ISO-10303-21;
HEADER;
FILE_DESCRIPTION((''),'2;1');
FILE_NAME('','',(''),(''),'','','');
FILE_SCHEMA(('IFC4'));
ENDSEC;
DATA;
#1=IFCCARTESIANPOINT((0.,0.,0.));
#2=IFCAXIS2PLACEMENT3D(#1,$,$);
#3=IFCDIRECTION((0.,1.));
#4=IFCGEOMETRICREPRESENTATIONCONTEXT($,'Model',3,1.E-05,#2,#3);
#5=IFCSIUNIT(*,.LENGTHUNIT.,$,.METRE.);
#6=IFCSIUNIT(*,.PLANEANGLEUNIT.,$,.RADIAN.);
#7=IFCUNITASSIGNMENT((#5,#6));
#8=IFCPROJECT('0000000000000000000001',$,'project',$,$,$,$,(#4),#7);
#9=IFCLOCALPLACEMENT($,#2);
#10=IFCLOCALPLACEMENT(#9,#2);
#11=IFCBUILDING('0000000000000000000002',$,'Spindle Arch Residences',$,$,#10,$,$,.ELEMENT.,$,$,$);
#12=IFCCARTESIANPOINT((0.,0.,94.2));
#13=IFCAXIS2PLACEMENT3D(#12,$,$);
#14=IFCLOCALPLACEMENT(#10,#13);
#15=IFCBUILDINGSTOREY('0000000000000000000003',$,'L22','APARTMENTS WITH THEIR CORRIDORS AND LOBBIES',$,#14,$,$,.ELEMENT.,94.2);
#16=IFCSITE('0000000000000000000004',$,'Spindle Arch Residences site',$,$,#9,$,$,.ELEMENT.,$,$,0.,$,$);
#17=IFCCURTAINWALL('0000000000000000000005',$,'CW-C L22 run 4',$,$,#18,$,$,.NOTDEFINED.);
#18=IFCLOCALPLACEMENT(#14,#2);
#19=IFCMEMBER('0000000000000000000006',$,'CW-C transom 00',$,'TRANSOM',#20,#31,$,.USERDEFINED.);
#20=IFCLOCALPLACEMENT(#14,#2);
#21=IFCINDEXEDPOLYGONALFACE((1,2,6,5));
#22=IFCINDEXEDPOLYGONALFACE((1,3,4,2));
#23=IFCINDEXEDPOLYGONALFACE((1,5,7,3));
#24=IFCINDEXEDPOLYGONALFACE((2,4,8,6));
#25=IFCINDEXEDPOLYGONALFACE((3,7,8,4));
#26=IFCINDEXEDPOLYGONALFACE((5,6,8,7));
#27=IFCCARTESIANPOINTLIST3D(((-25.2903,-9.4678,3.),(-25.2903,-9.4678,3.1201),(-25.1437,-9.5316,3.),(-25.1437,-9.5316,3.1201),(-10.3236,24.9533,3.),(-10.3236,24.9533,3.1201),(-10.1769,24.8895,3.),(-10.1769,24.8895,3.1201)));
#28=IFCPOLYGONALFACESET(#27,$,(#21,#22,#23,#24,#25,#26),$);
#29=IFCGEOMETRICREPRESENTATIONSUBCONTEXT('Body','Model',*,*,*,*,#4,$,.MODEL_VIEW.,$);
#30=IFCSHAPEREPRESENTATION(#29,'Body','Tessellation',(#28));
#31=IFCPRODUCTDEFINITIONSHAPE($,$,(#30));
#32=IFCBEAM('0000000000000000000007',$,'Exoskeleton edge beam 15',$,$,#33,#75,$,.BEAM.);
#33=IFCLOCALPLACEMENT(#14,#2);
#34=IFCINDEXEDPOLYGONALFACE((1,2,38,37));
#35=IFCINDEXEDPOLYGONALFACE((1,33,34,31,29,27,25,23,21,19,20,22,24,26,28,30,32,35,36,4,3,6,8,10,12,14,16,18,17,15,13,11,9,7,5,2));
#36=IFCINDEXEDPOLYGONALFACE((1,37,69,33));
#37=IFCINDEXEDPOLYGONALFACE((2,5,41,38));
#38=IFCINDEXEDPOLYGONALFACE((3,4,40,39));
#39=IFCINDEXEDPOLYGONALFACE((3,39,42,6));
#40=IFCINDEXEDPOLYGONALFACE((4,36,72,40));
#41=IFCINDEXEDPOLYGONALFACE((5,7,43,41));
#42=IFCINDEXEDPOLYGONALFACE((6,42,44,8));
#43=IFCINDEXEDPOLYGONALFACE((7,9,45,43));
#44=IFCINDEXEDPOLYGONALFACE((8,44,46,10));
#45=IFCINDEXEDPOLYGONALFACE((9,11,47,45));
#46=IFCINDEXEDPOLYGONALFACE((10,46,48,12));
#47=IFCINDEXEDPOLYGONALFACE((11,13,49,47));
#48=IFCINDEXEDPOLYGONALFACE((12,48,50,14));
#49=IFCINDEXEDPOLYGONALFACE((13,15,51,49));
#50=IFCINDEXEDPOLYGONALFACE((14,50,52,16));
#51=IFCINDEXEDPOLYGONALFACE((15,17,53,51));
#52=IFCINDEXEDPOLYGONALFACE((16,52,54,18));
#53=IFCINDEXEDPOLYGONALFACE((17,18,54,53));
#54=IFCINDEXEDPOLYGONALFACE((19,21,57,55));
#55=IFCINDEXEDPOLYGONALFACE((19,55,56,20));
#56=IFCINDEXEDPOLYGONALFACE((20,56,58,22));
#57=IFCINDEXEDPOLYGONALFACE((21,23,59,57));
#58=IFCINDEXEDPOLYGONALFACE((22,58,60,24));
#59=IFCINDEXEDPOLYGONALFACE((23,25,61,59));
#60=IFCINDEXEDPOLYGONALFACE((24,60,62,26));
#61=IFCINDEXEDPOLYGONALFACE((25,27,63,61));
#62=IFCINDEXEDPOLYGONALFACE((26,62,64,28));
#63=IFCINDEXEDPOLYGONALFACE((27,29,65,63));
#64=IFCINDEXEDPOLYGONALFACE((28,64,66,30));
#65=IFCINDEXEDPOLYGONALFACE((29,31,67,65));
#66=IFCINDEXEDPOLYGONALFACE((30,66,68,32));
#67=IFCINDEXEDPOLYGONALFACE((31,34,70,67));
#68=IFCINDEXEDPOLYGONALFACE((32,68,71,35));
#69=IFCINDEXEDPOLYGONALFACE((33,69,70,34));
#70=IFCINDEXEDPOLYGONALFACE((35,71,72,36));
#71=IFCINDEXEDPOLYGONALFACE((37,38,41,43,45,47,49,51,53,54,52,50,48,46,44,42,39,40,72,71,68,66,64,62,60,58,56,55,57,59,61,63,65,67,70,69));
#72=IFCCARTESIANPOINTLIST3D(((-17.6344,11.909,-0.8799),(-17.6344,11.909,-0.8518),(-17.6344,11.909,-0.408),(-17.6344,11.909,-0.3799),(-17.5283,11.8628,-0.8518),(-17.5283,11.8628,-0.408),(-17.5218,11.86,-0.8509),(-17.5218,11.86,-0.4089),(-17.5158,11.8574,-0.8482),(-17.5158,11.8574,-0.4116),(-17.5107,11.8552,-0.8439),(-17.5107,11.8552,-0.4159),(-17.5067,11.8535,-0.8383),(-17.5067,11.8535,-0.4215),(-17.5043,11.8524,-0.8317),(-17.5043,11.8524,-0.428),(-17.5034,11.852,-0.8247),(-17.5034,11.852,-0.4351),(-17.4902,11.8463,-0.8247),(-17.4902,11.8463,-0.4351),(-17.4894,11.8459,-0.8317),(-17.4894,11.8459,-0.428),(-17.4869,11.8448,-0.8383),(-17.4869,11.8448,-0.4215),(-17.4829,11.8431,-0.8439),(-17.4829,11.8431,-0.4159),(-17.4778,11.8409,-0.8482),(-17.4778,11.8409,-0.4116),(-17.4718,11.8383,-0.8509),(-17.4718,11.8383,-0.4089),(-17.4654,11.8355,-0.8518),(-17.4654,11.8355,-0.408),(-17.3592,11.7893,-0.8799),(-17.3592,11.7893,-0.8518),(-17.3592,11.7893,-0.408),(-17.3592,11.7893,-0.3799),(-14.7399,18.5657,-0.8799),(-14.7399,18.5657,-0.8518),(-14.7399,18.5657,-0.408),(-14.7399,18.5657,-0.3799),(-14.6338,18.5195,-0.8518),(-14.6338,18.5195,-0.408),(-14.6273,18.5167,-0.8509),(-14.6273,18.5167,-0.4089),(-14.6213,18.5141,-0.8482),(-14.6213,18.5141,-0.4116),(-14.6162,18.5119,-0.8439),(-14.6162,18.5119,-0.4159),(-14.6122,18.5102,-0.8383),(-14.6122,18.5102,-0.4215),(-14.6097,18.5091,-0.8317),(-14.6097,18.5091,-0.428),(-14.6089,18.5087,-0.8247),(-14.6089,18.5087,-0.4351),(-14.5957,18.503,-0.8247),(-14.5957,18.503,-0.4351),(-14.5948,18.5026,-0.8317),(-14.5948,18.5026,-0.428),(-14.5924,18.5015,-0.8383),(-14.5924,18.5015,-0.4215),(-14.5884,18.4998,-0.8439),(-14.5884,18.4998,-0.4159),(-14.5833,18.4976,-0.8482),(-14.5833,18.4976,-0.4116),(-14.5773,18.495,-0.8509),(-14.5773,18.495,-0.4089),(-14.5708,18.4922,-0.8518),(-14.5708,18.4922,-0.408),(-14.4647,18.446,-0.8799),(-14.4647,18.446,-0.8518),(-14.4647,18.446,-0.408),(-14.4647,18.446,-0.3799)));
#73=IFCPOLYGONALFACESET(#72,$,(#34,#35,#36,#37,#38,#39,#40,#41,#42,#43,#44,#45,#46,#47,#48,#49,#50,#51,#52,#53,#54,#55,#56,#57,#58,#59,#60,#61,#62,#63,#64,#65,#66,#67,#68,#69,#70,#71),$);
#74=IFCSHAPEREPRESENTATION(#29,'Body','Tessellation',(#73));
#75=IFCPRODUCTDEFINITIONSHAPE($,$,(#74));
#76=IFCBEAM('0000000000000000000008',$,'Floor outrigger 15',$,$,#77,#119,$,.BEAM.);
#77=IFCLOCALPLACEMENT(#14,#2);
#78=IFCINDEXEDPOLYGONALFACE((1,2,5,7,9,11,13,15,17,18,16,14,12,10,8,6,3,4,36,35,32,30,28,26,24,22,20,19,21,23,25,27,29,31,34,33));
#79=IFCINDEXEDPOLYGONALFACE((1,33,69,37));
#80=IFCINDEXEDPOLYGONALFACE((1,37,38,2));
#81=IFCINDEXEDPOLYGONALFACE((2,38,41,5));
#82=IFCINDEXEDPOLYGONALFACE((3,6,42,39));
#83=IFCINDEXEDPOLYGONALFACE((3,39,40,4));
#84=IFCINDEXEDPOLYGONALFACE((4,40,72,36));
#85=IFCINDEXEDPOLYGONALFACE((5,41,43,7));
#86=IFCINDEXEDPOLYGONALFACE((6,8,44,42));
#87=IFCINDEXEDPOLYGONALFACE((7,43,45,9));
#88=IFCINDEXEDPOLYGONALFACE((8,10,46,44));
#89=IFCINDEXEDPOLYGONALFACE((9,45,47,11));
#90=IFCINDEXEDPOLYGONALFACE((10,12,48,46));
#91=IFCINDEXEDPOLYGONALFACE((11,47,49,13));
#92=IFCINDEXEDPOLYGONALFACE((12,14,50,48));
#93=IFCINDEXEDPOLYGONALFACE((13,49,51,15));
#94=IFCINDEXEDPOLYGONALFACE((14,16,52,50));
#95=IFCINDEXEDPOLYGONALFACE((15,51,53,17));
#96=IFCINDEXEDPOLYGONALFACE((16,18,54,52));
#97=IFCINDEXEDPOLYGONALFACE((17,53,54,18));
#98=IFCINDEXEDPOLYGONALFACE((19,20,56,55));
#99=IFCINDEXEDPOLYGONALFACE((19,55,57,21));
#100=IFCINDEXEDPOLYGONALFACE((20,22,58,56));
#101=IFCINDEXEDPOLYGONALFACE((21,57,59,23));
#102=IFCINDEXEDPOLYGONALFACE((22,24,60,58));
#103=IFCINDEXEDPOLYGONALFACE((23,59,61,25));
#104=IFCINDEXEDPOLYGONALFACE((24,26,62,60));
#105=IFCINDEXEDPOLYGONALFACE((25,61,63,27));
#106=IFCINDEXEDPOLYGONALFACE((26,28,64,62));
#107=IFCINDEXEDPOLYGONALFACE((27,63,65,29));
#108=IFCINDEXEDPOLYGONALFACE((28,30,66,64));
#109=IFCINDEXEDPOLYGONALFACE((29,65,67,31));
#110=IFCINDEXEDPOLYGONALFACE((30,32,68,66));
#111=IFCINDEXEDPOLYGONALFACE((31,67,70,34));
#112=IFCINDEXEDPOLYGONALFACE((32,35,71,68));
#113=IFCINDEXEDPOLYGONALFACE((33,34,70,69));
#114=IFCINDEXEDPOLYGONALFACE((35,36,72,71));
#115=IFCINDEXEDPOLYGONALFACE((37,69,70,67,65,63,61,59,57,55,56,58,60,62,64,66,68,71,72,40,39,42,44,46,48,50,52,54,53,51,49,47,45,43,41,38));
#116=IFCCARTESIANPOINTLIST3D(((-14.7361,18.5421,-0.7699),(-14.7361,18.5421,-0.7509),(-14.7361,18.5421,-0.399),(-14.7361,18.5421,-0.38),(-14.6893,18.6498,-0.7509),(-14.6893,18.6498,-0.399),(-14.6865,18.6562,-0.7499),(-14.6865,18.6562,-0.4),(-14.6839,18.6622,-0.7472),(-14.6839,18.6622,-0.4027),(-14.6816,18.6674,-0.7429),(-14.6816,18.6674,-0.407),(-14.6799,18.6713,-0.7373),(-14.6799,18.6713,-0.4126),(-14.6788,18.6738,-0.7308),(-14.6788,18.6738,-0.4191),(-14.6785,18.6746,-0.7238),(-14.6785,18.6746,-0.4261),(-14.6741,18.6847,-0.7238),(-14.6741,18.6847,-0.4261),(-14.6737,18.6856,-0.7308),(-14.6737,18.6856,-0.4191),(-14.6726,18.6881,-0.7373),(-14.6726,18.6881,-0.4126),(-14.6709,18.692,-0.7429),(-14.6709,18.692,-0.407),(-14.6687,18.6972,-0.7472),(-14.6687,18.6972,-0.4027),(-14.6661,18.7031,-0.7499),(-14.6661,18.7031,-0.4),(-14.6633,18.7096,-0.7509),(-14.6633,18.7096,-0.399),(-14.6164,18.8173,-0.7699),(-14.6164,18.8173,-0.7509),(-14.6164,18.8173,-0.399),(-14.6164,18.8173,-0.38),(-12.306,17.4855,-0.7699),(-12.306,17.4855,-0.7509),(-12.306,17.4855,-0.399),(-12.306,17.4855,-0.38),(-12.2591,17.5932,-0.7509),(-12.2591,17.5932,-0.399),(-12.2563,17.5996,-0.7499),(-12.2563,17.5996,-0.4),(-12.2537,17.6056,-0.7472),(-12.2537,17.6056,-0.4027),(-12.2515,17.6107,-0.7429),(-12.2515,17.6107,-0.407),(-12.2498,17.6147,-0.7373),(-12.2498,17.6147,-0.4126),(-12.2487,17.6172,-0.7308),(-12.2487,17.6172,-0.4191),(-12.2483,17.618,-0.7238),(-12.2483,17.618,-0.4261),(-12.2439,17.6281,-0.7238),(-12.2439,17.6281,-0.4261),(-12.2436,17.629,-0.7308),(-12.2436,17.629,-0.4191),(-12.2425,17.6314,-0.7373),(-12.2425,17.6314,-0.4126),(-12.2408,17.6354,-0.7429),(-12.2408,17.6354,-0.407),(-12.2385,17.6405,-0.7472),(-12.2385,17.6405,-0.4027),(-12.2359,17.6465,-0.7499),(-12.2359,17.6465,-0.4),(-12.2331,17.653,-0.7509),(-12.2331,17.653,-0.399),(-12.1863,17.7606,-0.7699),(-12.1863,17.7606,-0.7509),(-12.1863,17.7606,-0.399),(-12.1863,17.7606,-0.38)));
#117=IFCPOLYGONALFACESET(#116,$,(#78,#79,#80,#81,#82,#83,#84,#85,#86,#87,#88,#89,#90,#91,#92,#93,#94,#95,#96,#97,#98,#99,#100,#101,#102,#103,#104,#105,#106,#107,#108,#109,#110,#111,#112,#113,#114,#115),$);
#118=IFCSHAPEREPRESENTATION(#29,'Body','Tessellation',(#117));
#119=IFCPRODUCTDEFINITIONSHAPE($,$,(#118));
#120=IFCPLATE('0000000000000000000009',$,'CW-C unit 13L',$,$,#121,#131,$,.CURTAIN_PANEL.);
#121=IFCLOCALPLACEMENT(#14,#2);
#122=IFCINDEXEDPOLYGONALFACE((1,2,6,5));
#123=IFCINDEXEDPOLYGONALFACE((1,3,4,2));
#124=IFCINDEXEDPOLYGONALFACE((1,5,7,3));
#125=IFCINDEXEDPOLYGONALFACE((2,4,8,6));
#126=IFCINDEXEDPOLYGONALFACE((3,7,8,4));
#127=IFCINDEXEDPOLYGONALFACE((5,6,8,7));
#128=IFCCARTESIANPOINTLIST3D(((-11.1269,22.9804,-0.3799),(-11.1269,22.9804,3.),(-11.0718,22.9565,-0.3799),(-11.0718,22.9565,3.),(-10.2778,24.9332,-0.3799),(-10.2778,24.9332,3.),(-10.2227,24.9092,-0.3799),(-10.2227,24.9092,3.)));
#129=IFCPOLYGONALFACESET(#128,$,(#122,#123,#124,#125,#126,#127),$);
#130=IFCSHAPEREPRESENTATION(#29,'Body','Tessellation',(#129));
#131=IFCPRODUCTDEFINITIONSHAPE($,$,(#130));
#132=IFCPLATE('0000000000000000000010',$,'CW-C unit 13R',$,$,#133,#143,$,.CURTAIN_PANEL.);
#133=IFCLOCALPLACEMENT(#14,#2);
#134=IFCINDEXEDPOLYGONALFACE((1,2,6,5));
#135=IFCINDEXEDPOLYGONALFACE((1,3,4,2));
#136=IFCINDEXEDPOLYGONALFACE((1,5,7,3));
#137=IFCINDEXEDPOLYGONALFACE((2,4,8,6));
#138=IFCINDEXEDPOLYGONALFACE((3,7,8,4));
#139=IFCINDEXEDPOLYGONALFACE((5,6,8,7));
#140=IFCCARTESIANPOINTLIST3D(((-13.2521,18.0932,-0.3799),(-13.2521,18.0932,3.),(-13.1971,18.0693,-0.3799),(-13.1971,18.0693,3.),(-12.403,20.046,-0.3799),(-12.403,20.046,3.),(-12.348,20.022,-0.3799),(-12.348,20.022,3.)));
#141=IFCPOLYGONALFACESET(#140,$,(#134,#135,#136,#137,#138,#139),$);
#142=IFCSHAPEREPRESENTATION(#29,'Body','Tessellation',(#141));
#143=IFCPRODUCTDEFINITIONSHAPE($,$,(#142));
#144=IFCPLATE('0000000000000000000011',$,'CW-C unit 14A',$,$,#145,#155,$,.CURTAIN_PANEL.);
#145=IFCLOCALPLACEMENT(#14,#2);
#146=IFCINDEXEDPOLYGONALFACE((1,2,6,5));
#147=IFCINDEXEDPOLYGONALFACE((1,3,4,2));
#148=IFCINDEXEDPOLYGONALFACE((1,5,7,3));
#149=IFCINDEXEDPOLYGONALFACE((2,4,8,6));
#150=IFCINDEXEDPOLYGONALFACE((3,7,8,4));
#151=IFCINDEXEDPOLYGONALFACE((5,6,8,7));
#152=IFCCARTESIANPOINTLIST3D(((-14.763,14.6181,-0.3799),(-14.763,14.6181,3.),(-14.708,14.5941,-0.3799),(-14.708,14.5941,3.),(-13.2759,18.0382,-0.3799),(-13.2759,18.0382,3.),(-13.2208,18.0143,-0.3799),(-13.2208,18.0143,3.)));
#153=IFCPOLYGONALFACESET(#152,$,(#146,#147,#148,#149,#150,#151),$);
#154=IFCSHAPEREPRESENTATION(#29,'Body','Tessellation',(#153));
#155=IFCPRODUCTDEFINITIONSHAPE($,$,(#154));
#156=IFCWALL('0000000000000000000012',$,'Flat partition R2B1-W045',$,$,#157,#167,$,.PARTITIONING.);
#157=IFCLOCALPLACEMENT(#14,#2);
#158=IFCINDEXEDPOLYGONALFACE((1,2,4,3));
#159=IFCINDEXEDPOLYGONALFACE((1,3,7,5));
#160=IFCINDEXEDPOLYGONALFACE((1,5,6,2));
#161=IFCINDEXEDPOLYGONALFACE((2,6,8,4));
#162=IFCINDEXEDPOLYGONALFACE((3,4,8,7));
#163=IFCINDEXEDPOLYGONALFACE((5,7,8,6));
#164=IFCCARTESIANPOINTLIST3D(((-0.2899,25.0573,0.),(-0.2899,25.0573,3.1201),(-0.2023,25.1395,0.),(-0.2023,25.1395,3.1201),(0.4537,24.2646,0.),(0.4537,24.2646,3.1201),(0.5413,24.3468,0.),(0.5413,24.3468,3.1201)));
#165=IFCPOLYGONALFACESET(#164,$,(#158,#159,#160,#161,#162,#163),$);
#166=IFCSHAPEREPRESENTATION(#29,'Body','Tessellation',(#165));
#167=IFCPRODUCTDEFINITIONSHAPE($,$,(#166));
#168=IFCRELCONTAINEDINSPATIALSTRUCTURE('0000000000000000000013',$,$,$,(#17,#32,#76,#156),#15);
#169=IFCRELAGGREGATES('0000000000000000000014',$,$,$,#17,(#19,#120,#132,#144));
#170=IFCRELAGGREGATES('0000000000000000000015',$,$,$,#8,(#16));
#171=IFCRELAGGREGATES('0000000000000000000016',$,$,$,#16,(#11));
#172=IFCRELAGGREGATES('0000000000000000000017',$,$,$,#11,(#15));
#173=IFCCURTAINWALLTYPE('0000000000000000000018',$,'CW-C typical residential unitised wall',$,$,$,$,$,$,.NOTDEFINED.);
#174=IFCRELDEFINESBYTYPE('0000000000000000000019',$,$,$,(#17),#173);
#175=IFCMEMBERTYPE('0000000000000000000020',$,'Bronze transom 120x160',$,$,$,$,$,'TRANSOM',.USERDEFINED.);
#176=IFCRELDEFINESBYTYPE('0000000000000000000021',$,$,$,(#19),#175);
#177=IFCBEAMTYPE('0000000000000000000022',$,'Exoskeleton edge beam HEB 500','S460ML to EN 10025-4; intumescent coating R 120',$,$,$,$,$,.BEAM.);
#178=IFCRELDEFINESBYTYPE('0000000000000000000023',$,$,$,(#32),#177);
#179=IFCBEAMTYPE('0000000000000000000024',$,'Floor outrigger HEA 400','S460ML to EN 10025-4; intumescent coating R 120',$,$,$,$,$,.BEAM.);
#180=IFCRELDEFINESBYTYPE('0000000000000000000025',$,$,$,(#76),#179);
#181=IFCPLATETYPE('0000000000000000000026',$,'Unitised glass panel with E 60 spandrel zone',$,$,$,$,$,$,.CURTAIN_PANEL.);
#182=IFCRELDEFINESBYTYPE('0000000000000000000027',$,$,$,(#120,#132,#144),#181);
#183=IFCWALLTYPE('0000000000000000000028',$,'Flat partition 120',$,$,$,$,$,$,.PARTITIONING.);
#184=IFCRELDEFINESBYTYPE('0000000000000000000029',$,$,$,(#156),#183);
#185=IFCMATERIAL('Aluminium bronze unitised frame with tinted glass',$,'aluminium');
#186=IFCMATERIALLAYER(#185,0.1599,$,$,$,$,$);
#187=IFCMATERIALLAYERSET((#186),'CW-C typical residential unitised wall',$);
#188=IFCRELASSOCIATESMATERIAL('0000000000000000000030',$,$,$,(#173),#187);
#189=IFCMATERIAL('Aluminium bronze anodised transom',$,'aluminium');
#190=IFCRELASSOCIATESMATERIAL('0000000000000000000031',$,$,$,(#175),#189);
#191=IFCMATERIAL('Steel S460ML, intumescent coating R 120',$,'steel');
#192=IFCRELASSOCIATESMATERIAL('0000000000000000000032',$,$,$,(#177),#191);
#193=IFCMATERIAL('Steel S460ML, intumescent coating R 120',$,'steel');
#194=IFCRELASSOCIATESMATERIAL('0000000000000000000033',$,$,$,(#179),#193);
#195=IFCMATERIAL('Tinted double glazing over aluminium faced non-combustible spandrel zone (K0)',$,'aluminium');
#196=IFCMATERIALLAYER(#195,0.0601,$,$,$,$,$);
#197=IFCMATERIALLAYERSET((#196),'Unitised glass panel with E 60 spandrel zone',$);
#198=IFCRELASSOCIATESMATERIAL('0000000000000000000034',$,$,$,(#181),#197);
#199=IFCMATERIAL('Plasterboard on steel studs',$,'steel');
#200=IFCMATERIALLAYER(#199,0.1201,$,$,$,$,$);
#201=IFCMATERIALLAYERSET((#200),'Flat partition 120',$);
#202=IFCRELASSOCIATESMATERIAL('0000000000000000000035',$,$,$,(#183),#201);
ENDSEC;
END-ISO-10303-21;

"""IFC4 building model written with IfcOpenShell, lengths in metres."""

from ifc_helpers import new_model, si_unit, direction, frame, frame_2d, origin, origin_2d, place, context, subcontext, project, spatial, rectangle, i_section, extrude, material, layer, layer_set, material_profile, profile_set, type_object, element, aggregate, save


model = new_model("IFC4")

# Units and contexts
model_context = context("Model", 3, precision=1e-05, world=origin(), true_north=direction((0.0, 1.0)))
body_context = subcontext(model_context, "Body", "Model", "MODEL_VIEW")
ifc_project = project(units=[si_unit("LENGTHUNIT", "METRE"), si_unit("PLANEANGLEUNIT", "RADIAN")], contexts=[model_context])

# Site, building, storey
site_placement = place(None, origin())
site = spatial("IfcSite", under=ifc_project, at=site_placement, Name="Spindle Arch Residences site", CompositionType="ELEMENT", RefElevation=0.0)
building_placement = place(site_placement, origin())
building = spatial("IfcBuilding", under=site, at=building_placement, Name="Spindle Arch Residences", CompositionType="ELEMENT")
storey_placement = place(building_placement, frame((0.0, 0.0, 94.2)))
storey = spatial("IfcBuildingStorey", under=building, at=storey_placement, Name="L22", Description="APARTMENTS WITH THEIR CORRIDORS AND LOBBIES", CompositionType="ELEMENT", Elevation=94.2)

# Curtain wall, member
ifc_material_1 = material(Name="Aluminium bronze unitised frame with tinted glass", Category="aluminium")
ifc_layer_1 = layer(ifc_material_1, 0.1599)
ifc_layer_set_1 = layer_set([ifc_layer_1], Name="CW-C typical residential unitised wall")
curtain_wall_type = type_object("IfcCurtainWallType", Name="CW-C typical residential unitised wall", PredefinedType="NOTDEFINED", material=ifc_layer_set_1)
curtain_wall_placement = place(storey_placement, origin())
curtain_wall = element("IfcCurtainWall", 1, at=curtain_wall_placement, inside=storey, type_object=curtain_wall_type, Name="CW-C L22 run 4", PredefinedType="NOTDEFINED")
ifc_material_2 = material(Name="Aluminium bronze anodised transom", Category="aluminium")
ifc_material_profile_1 = material_profile(ifc_material_2, rectangle(XDim=0.1599, YDim=0.1201, at=origin_2d()), Name="TR 120x160")
ifc_profile_set_1 = profile_set([ifc_material_profile_1], Name="Aluminium bronze anodised transom")
member_type_1 = type_object("IfcMemberType", Name="Bronze transom 120x160", ElementType="TRANSOM", PredefinedType="USERDEFINED", material=ifc_profile_set_1)
member_1_placement = place(storey_placement, frame((-10.2502, 24.9214, 3.0601), z_axis=(-0.39875, -0.91706, 0.0), x_axis=(0.91706, -0.39875, 0.0)))
member_1 = element("IfcMember", 2, at=member_1_placement, type_object=member_type_1, Name="CW-C transom 00", ObjectType="TRANSOM", PredefinedType="USERDEFINED", context=body_context, shape_type="SweptSolid", body=[
    extrude(rectangle(XDim=0.1599, YDim=0.1201, at=origin_2d()), origin(), (0.0, 0.0, 1.0), 37.5342),
])

# Beams
ifc_material_3 = material(Name="Steel S460ML, intumescent coating R 120", Category="steel")
ifc_material_profile_2 = material_profile(ifc_material_3, i_section(OverallWidth=0.3, OverallDepth=0.5, WebThickness=0.0144, FlangeThickness=0.0281, FilletRadius=0.0271, at=origin_2d()), Name="HEB 500")
ifc_profile_set_2 = profile_set([ifc_material_profile_2], Name="Steel S460ML, intumescent coating R 120")
beam_type_1 = type_object("IfcBeamType", Name="Exoskeleton edge beam HEB 500", Description="S460ML to EN 10025-4; intumescent coating R 120", PredefinedType="BEAM", material=ifc_profile_set_2)
beam_1_placement = place(storey_placement, frame((-14.6023, 18.5059, -0.6299), z_axis=(-0.398761, -0.917055, 0.0), x_axis=(0.917055, -0.398761, 0.0)))
element("IfcBeam", 3, at=beam_1_placement, inside=storey, type_object=beam_type_1, Name="Exoskeleton edge beam 15", PredefinedType="BEAM", context=body_context, shape_type="SweptSolid", body=[
    extrude(i_section(OverallWidth=0.3, OverallDepth=0.5, WebThickness=0.0144, FlangeThickness=0.0281, FilletRadius=0.0271, at=origin_2d()), origin(), (0.0, 0.0, 1.0), 7.2588),
])
ifc_material_4 = material(Name="Steel S460ML, intumescent coating R 120", Category="steel")
ifc_material_profile_3 = material_profile(ifc_material_4, i_section(OverallWidth=0.3, OverallDepth=0.3899, WebThickness=0.011, FlangeThickness=0.019, FilletRadius=0.0271, at=origin_2d()), Name="HEA 400")
ifc_profile_set_3 = profile_set([ifc_material_profile_3], Name="Steel S460ML, intumescent coating R 120")
beam_type_2 = type_object("IfcBeamType", Name="Floor outrigger HEA 400", Description="S460ML to EN 10025-4; intumescent coating R 120", PredefinedType="BEAM", material=ifc_profile_set_3)
beam_2_placement = place(storey_placement, frame((-14.6763, 18.6797, -0.575), z_axis=(0.917064, -0.39874, 0.0), x_axis=(0.39874, 0.917064, 0.0)))
element("IfcBeam", 4, at=beam_2_placement, inside=storey, type_object=beam_type_2, Name="Floor outrigger 15", PredefinedType="BEAM", context=body_context, shape_type="SweptSolid", body=[
    extrude(i_section(OverallWidth=0.3, OverallDepth=0.3899, WebThickness=0.011, FlangeThickness=0.019, FilletRadius=0.0271, at=origin_2d()), origin(), (0.0, 0.0, 1.0), 2.6499),
])

# Plates
ifc_material_5 = material(Name="Tinted double glazing over aluminium faced non-combustible spandrel zone (K0)", Category="aluminium")
ifc_layer_2 = layer(ifc_material_5, 0.0601)
ifc_layer_set_2 = layer_set([ifc_layer_2], Name="Unitised glass panel with E 60 spandrel zone")
plate_type = type_object("IfcPlateType", Name="Unitised glass panel with E 60 spandrel zone", PredefinedType="CURTAIN_PANEL", material=ifc_layer_set_2)
plate_1_placement = place(storey_placement, frame((-10.6748, 23.9448, -0.3799), z_axis=(0.0, 0.0, 1.0), x_axis=(-0.398749, -0.91706, 0.0)))
plate_1 = element("IfcPlate", 5, at=plate_1_placement, type_object=plate_type, Name="CW-C unit 13L", PredefinedType="CURTAIN_PANEL", context=body_context, shape_type="SweptSolid", body=[
    extrude(rectangle(XDim=2.1294, YDim=0.0601, at=origin_2d()), origin(), (0.0, 0.0, 1.0), 3.3799),
])
plate_2_placement = place(storey_placement, frame((-12.8, 19.0576, -0.3799), z_axis=(0.0, 0.0, 1.0), x_axis=(-0.398749, -0.91706, 0.0)))
plate_2 = element("IfcPlate", 6, at=plate_2_placement, type_object=plate_type, Name="CW-C unit 13R", PredefinedType="CURTAIN_PANEL", context=body_context, shape_type="SweptSolid", body=[
    extrude(rectangle(XDim=2.1294, YDim=0.0601, at=origin_2d()), origin(), (0.0, 0.0, 1.0), 3.3799),
])
plate_3_placement = place(storey_placement, frame((-13.9919, 16.3162, -0.3799), z_axis=(0.0, 0.0, 1.0), x_axis=(-0.398749, -0.91706, 0.0)))
plate_3 = element("IfcPlate", 7, at=plate_3_placement, type_object=plate_type, Name="CW-C unit 14A", PredefinedType="CURTAIN_PANEL", context=body_context, shape_type="SweptSolid", body=[
    extrude(rectangle(XDim=3.7295, YDim=0.0601, at=origin_2d()), origin(), (0.0, 0.0, 1.0), 3.3799),
])
aggregate(curtain_wall, [member_1, plate_1, plate_2, plate_3])

# Wall
ifc_material_6 = material(Name="Plasterboard on steel studs", Category="steel")
ifc_layer_3 = layer(ifc_material_6, 0.1201)
ifc_layer_set_3 = layer_set([ifc_layer_3], Name="Flat partition 120")
wall_type_1 = type_object("IfcWallType", Name="Flat partition 120", PredefinedType="PARTITIONING", material=ifc_layer_set_3)
wall_1_placement = place(storey_placement, frame((-0.2461, 25.0984, 0.0), z_axis=(0.0, 0.0, 1.0), x_axis=(0.684173, -0.72932, 0.0)))
element("IfcWall", 8, at=wall_1_placement, inside=storey, type_object=wall_type_1, Name="Flat partition R2B1-W045", PredefinedType="PARTITIONING", context=body_context, shape_type="SweptSolid", body=[
    extrude(rectangle(XDim=1.0869, YDim=0.1201, at=frame_2d((0.5435, 0.0))), origin(), (0.0, 0.0, 1.0), 3.1201),
])

save(model, "model.ifc")
